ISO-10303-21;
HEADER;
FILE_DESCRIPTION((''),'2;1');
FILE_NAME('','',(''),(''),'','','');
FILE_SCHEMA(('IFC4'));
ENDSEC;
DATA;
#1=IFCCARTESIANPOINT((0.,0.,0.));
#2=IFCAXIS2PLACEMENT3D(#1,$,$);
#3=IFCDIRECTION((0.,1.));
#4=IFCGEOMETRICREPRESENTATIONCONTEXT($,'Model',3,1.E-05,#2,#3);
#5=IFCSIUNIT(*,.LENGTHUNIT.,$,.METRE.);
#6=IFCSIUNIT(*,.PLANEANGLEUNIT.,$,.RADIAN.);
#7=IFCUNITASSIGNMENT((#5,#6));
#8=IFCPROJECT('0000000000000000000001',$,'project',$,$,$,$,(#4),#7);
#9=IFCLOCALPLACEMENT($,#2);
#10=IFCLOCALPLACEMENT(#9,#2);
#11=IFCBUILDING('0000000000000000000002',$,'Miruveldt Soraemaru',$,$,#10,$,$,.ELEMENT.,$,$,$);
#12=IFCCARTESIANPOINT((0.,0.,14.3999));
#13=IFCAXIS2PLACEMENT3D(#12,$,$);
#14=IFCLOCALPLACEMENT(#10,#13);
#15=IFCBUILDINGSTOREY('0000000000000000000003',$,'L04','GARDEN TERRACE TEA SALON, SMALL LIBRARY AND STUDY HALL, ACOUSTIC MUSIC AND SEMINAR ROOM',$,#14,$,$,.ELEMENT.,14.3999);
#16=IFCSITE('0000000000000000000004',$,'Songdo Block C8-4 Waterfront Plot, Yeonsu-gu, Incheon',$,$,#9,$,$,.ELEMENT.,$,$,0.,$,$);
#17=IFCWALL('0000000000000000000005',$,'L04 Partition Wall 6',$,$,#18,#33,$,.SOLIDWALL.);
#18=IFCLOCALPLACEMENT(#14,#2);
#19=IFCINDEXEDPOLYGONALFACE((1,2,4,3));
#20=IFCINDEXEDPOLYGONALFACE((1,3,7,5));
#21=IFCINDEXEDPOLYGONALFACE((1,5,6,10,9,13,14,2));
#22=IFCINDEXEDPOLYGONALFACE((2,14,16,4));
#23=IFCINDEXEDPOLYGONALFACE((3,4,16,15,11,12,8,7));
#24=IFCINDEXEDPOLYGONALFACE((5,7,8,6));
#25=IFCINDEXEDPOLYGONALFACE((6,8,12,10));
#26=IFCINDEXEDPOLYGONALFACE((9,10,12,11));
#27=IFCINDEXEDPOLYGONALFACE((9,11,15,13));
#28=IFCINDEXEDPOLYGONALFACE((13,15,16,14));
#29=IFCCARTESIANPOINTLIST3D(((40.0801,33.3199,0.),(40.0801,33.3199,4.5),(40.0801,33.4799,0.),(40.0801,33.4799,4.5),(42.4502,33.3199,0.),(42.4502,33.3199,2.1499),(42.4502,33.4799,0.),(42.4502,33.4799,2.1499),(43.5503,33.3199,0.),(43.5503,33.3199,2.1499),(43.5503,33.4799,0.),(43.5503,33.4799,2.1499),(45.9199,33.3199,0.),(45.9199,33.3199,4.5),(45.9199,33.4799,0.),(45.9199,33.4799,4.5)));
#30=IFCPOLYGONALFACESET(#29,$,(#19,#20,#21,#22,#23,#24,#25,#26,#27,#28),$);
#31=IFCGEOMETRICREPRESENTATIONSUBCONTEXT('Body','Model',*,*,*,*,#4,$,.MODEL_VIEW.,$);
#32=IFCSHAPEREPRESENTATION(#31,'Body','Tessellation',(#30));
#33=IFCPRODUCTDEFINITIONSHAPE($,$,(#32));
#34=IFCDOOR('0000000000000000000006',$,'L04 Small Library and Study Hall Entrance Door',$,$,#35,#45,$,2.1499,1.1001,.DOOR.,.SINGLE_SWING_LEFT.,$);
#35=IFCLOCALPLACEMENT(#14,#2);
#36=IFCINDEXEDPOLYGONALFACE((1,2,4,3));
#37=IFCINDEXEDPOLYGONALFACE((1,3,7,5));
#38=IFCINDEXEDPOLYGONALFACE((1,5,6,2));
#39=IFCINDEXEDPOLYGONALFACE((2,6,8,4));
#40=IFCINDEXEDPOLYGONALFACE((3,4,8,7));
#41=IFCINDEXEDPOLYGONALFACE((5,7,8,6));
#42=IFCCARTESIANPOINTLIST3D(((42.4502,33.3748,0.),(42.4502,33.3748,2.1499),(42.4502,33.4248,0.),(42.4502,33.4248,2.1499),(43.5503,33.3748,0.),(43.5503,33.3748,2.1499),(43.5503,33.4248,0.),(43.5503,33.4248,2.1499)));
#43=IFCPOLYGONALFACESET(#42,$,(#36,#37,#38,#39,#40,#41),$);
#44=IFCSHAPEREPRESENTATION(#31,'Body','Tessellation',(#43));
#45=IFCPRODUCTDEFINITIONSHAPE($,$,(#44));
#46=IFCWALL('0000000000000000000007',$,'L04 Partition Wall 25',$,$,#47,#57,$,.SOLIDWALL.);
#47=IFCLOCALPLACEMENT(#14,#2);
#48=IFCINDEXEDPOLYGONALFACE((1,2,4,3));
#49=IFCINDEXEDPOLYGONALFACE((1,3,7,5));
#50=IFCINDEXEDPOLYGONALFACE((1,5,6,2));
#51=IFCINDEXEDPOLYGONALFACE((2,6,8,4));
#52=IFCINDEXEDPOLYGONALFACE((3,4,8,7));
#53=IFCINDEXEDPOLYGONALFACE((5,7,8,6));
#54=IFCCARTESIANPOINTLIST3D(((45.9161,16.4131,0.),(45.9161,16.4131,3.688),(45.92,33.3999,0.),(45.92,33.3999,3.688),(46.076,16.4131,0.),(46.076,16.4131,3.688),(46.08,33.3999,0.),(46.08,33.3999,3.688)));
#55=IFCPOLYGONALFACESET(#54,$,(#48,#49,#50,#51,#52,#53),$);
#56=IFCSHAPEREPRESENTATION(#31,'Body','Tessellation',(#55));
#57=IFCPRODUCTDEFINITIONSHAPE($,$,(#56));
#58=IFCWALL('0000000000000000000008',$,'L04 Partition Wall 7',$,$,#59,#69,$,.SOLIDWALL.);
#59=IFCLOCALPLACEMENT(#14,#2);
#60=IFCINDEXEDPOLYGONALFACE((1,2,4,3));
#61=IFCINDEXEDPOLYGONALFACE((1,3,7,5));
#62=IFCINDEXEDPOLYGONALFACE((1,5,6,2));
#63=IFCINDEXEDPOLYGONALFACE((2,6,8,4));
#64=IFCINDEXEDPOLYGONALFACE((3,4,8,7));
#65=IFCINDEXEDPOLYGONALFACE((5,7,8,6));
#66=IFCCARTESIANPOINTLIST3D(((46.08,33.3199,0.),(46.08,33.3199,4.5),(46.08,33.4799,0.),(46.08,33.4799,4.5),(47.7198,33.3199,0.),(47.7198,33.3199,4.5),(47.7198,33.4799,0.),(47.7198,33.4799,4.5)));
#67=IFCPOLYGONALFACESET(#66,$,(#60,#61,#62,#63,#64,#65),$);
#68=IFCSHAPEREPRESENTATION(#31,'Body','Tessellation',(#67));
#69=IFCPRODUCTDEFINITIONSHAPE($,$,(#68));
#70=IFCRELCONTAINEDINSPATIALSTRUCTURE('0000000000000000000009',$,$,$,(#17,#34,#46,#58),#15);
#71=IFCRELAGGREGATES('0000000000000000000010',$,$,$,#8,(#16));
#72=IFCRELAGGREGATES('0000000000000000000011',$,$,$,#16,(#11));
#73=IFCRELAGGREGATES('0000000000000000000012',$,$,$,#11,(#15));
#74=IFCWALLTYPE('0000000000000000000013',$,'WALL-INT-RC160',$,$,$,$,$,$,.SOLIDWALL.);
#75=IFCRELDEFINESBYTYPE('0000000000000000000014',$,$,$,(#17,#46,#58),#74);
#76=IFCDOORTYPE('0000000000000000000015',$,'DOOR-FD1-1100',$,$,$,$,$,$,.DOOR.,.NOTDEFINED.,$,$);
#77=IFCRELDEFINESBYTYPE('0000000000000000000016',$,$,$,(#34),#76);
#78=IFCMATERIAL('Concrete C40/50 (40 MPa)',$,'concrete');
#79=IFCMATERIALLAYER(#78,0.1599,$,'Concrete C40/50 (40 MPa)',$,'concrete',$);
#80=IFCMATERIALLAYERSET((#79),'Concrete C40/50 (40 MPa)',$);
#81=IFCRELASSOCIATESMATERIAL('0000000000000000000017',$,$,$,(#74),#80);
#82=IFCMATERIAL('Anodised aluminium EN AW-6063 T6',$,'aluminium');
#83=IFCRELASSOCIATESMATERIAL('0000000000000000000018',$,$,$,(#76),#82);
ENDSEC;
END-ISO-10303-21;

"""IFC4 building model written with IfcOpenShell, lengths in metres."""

from ifc_helpers import new_model, si_unit, direction, frame, frame_2d, origin, place, context, subcontext, project, spatial, rectangle, extrude, material, layer, layer_set, type_object, element, fill, save


model = new_model("IFC4")

# Units and contexts
model_context = context("Model", 3, precision=1e-05, world=origin(), true_north=direction((0.0, 1.0)))
body_context = subcontext(model_context, "Body", "Model", "MODEL_VIEW")
ifc_project = project(units=[si_unit("LENGTHUNIT", "METRE"), si_unit("PLANEANGLEUNIT", "RADIAN")], contexts=[model_context])

# Site, building, storey
site_placement = place(None, origin())
site = spatial("IfcSite", under=ifc_project, at=site_placement, Name="Songdo Block C8-4 Waterfront Plot, Yeonsu-gu, Incheon", CompositionType="ELEMENT", RefElevation=0.0)
building_placement = place(site_placement, origin())
building = spatial("IfcBuilding", under=site, at=building_placement, Name="Miruveldt Soraemaru", CompositionType="ELEMENT")
storey_placement = place(building_placement, frame((0.0, 0.0, 14.3999)))
storey = spatial("IfcBuildingStorey", under=building, at=storey_placement, Name="L04", Description="GARDEN TERRACE TEA SALON, SMALL LIBRARY AND STUDY HALL, ACOUSTIC MUSIC AND SEMINAR ROOM", CompositionType="ELEMENT", Elevation=14.3999)

# Shared definitions
ifc_material_1 = material(Name="Anodised aluminium EN AW-6063 T6", Category="aluminium")

# Wall, opening, door
ifc_material_2 = material(Name="Concrete C40/50 (40 MPa)", Category="concrete")
ifc_layer_1 = layer(ifc_material_2, 0.1599, Name="Concrete C40/50 (40 MPa)", Category="concrete")
ifc_layer_set_1 = layer_set([ifc_layer_1], Name="Concrete C40/50 (40 MPa)")
wall_type_1 = type_object("IfcWallType", Name="WALL-INT-RC160", PredefinedType="SOLIDWALL", material=ifc_layer_set_1)
wall_1_placement = place(storey_placement, frame((40.0801, 33.3999, 0.0), z_axis=(0.0, 0.0, 1.0), x_axis=(1.0, 0.0, 0.0)))
wall_1 = element("IfcWall", 1, at=wall_1_placement, inside=storey, type_object=wall_type_1, Name="L04 Partition Wall 6", PredefinedType="SOLIDWALL", context=body_context, shape_type="SweptSolid", body=[
    extrude(rectangle(XDim=5.8398, YDim=0.1599, at=frame_2d((2.9199, 0.0))), origin(), (0.0, 0.0, 1.0), 4.5),
])
opening_1_placement = place(wall_1_placement, frame((2.3701, 0.0, 0.0)))
opening_1 = element("IfcOpeningElement", 2, at=opening_1_placement, cuts=wall_1, PredefinedType="OPENING", context=body_context, shape_type="SweptSolid", body=[
    extrude(rectangle(XDim=1.1001, YDim=2.1499, at=frame_2d((0.55, 1.075))), frame((0.0, 0.0898, 0.0), z_axis=(0.0, -1.0, 0.0), x_axis=(1.0, 0.0, 0.0)), (0.0, 0.0, 1.0), 0.1799),
])
door_type_1 = type_object("IfcDoorType", Name="DOOR-FD1-1100", OperationType="NOTDEFINED", PredefinedType="DOOR", material=ifc_material_1)
door_1_placement = place(opening_1_placement, origin())
door_1 = element("IfcDoor", 3, at=door_1_placement, inside=storey, type_object=door_type_1, Name="L04 Small Library and Study Hall Entrance Door", OperationType="SINGLE_SWING_LEFT", OverallHeight=2.1499, OverallWidth=1.1001, PredefinedType="DOOR", context=body_context, shape_type="SweptSolid", body=[
    extrude(rectangle(XDim=1.1001, YDim=2.1499, at=frame_2d((0.55, 1.075))), frame((0.0, 0.0249, 0.0), z_axis=(0.0, -1.0, 0.0), x_axis=(1.0, 0.0, 0.0)), (0.0, 0.0, 1.0), 0.05),
])
fill(opening_1, door_1)

# Walls
wall_2_placement = place(storey_placement, frame((45.9961, 16.4131, 0.0), z_axis=(0.0, 0.0, 1.0), x_axis=(0.00023, 1.0, 0.0)))
element("IfcWall", 4, at=wall_2_placement, inside=storey, type_object=wall_type_1, Name="L04 Partition Wall 25", PredefinedType="SOLIDWALL", context=body_context, shape_type="SweptSolid", body=[
    extrude(rectangle(XDim=16.9868, YDim=0.1599, at=frame_2d((8.4934, 0.0))), origin(), (0.0, 0.0, 1.0), 3.688),
])
wall_3_placement = place(storey_placement, frame((46.0801, 33.3999, 0.0), z_axis=(0.0, 0.0, 1.0), x_axis=(1.0, 0.0, 0.0)))
element("IfcWall", 5, at=wall_3_placement, inside=storey, type_object=wall_type_1, Name="L04 Partition Wall 7", PredefinedType="SOLIDWALL", context=body_context, shape_type="SweptSolid", body=[
    extrude(rectangle(XDim=1.6399, YDim=0.1599, at=frame_2d((0.8198, 0.0))), origin(), (0.0, 0.0, 1.0), 4.5),
])

save(model, "model.ifc")
